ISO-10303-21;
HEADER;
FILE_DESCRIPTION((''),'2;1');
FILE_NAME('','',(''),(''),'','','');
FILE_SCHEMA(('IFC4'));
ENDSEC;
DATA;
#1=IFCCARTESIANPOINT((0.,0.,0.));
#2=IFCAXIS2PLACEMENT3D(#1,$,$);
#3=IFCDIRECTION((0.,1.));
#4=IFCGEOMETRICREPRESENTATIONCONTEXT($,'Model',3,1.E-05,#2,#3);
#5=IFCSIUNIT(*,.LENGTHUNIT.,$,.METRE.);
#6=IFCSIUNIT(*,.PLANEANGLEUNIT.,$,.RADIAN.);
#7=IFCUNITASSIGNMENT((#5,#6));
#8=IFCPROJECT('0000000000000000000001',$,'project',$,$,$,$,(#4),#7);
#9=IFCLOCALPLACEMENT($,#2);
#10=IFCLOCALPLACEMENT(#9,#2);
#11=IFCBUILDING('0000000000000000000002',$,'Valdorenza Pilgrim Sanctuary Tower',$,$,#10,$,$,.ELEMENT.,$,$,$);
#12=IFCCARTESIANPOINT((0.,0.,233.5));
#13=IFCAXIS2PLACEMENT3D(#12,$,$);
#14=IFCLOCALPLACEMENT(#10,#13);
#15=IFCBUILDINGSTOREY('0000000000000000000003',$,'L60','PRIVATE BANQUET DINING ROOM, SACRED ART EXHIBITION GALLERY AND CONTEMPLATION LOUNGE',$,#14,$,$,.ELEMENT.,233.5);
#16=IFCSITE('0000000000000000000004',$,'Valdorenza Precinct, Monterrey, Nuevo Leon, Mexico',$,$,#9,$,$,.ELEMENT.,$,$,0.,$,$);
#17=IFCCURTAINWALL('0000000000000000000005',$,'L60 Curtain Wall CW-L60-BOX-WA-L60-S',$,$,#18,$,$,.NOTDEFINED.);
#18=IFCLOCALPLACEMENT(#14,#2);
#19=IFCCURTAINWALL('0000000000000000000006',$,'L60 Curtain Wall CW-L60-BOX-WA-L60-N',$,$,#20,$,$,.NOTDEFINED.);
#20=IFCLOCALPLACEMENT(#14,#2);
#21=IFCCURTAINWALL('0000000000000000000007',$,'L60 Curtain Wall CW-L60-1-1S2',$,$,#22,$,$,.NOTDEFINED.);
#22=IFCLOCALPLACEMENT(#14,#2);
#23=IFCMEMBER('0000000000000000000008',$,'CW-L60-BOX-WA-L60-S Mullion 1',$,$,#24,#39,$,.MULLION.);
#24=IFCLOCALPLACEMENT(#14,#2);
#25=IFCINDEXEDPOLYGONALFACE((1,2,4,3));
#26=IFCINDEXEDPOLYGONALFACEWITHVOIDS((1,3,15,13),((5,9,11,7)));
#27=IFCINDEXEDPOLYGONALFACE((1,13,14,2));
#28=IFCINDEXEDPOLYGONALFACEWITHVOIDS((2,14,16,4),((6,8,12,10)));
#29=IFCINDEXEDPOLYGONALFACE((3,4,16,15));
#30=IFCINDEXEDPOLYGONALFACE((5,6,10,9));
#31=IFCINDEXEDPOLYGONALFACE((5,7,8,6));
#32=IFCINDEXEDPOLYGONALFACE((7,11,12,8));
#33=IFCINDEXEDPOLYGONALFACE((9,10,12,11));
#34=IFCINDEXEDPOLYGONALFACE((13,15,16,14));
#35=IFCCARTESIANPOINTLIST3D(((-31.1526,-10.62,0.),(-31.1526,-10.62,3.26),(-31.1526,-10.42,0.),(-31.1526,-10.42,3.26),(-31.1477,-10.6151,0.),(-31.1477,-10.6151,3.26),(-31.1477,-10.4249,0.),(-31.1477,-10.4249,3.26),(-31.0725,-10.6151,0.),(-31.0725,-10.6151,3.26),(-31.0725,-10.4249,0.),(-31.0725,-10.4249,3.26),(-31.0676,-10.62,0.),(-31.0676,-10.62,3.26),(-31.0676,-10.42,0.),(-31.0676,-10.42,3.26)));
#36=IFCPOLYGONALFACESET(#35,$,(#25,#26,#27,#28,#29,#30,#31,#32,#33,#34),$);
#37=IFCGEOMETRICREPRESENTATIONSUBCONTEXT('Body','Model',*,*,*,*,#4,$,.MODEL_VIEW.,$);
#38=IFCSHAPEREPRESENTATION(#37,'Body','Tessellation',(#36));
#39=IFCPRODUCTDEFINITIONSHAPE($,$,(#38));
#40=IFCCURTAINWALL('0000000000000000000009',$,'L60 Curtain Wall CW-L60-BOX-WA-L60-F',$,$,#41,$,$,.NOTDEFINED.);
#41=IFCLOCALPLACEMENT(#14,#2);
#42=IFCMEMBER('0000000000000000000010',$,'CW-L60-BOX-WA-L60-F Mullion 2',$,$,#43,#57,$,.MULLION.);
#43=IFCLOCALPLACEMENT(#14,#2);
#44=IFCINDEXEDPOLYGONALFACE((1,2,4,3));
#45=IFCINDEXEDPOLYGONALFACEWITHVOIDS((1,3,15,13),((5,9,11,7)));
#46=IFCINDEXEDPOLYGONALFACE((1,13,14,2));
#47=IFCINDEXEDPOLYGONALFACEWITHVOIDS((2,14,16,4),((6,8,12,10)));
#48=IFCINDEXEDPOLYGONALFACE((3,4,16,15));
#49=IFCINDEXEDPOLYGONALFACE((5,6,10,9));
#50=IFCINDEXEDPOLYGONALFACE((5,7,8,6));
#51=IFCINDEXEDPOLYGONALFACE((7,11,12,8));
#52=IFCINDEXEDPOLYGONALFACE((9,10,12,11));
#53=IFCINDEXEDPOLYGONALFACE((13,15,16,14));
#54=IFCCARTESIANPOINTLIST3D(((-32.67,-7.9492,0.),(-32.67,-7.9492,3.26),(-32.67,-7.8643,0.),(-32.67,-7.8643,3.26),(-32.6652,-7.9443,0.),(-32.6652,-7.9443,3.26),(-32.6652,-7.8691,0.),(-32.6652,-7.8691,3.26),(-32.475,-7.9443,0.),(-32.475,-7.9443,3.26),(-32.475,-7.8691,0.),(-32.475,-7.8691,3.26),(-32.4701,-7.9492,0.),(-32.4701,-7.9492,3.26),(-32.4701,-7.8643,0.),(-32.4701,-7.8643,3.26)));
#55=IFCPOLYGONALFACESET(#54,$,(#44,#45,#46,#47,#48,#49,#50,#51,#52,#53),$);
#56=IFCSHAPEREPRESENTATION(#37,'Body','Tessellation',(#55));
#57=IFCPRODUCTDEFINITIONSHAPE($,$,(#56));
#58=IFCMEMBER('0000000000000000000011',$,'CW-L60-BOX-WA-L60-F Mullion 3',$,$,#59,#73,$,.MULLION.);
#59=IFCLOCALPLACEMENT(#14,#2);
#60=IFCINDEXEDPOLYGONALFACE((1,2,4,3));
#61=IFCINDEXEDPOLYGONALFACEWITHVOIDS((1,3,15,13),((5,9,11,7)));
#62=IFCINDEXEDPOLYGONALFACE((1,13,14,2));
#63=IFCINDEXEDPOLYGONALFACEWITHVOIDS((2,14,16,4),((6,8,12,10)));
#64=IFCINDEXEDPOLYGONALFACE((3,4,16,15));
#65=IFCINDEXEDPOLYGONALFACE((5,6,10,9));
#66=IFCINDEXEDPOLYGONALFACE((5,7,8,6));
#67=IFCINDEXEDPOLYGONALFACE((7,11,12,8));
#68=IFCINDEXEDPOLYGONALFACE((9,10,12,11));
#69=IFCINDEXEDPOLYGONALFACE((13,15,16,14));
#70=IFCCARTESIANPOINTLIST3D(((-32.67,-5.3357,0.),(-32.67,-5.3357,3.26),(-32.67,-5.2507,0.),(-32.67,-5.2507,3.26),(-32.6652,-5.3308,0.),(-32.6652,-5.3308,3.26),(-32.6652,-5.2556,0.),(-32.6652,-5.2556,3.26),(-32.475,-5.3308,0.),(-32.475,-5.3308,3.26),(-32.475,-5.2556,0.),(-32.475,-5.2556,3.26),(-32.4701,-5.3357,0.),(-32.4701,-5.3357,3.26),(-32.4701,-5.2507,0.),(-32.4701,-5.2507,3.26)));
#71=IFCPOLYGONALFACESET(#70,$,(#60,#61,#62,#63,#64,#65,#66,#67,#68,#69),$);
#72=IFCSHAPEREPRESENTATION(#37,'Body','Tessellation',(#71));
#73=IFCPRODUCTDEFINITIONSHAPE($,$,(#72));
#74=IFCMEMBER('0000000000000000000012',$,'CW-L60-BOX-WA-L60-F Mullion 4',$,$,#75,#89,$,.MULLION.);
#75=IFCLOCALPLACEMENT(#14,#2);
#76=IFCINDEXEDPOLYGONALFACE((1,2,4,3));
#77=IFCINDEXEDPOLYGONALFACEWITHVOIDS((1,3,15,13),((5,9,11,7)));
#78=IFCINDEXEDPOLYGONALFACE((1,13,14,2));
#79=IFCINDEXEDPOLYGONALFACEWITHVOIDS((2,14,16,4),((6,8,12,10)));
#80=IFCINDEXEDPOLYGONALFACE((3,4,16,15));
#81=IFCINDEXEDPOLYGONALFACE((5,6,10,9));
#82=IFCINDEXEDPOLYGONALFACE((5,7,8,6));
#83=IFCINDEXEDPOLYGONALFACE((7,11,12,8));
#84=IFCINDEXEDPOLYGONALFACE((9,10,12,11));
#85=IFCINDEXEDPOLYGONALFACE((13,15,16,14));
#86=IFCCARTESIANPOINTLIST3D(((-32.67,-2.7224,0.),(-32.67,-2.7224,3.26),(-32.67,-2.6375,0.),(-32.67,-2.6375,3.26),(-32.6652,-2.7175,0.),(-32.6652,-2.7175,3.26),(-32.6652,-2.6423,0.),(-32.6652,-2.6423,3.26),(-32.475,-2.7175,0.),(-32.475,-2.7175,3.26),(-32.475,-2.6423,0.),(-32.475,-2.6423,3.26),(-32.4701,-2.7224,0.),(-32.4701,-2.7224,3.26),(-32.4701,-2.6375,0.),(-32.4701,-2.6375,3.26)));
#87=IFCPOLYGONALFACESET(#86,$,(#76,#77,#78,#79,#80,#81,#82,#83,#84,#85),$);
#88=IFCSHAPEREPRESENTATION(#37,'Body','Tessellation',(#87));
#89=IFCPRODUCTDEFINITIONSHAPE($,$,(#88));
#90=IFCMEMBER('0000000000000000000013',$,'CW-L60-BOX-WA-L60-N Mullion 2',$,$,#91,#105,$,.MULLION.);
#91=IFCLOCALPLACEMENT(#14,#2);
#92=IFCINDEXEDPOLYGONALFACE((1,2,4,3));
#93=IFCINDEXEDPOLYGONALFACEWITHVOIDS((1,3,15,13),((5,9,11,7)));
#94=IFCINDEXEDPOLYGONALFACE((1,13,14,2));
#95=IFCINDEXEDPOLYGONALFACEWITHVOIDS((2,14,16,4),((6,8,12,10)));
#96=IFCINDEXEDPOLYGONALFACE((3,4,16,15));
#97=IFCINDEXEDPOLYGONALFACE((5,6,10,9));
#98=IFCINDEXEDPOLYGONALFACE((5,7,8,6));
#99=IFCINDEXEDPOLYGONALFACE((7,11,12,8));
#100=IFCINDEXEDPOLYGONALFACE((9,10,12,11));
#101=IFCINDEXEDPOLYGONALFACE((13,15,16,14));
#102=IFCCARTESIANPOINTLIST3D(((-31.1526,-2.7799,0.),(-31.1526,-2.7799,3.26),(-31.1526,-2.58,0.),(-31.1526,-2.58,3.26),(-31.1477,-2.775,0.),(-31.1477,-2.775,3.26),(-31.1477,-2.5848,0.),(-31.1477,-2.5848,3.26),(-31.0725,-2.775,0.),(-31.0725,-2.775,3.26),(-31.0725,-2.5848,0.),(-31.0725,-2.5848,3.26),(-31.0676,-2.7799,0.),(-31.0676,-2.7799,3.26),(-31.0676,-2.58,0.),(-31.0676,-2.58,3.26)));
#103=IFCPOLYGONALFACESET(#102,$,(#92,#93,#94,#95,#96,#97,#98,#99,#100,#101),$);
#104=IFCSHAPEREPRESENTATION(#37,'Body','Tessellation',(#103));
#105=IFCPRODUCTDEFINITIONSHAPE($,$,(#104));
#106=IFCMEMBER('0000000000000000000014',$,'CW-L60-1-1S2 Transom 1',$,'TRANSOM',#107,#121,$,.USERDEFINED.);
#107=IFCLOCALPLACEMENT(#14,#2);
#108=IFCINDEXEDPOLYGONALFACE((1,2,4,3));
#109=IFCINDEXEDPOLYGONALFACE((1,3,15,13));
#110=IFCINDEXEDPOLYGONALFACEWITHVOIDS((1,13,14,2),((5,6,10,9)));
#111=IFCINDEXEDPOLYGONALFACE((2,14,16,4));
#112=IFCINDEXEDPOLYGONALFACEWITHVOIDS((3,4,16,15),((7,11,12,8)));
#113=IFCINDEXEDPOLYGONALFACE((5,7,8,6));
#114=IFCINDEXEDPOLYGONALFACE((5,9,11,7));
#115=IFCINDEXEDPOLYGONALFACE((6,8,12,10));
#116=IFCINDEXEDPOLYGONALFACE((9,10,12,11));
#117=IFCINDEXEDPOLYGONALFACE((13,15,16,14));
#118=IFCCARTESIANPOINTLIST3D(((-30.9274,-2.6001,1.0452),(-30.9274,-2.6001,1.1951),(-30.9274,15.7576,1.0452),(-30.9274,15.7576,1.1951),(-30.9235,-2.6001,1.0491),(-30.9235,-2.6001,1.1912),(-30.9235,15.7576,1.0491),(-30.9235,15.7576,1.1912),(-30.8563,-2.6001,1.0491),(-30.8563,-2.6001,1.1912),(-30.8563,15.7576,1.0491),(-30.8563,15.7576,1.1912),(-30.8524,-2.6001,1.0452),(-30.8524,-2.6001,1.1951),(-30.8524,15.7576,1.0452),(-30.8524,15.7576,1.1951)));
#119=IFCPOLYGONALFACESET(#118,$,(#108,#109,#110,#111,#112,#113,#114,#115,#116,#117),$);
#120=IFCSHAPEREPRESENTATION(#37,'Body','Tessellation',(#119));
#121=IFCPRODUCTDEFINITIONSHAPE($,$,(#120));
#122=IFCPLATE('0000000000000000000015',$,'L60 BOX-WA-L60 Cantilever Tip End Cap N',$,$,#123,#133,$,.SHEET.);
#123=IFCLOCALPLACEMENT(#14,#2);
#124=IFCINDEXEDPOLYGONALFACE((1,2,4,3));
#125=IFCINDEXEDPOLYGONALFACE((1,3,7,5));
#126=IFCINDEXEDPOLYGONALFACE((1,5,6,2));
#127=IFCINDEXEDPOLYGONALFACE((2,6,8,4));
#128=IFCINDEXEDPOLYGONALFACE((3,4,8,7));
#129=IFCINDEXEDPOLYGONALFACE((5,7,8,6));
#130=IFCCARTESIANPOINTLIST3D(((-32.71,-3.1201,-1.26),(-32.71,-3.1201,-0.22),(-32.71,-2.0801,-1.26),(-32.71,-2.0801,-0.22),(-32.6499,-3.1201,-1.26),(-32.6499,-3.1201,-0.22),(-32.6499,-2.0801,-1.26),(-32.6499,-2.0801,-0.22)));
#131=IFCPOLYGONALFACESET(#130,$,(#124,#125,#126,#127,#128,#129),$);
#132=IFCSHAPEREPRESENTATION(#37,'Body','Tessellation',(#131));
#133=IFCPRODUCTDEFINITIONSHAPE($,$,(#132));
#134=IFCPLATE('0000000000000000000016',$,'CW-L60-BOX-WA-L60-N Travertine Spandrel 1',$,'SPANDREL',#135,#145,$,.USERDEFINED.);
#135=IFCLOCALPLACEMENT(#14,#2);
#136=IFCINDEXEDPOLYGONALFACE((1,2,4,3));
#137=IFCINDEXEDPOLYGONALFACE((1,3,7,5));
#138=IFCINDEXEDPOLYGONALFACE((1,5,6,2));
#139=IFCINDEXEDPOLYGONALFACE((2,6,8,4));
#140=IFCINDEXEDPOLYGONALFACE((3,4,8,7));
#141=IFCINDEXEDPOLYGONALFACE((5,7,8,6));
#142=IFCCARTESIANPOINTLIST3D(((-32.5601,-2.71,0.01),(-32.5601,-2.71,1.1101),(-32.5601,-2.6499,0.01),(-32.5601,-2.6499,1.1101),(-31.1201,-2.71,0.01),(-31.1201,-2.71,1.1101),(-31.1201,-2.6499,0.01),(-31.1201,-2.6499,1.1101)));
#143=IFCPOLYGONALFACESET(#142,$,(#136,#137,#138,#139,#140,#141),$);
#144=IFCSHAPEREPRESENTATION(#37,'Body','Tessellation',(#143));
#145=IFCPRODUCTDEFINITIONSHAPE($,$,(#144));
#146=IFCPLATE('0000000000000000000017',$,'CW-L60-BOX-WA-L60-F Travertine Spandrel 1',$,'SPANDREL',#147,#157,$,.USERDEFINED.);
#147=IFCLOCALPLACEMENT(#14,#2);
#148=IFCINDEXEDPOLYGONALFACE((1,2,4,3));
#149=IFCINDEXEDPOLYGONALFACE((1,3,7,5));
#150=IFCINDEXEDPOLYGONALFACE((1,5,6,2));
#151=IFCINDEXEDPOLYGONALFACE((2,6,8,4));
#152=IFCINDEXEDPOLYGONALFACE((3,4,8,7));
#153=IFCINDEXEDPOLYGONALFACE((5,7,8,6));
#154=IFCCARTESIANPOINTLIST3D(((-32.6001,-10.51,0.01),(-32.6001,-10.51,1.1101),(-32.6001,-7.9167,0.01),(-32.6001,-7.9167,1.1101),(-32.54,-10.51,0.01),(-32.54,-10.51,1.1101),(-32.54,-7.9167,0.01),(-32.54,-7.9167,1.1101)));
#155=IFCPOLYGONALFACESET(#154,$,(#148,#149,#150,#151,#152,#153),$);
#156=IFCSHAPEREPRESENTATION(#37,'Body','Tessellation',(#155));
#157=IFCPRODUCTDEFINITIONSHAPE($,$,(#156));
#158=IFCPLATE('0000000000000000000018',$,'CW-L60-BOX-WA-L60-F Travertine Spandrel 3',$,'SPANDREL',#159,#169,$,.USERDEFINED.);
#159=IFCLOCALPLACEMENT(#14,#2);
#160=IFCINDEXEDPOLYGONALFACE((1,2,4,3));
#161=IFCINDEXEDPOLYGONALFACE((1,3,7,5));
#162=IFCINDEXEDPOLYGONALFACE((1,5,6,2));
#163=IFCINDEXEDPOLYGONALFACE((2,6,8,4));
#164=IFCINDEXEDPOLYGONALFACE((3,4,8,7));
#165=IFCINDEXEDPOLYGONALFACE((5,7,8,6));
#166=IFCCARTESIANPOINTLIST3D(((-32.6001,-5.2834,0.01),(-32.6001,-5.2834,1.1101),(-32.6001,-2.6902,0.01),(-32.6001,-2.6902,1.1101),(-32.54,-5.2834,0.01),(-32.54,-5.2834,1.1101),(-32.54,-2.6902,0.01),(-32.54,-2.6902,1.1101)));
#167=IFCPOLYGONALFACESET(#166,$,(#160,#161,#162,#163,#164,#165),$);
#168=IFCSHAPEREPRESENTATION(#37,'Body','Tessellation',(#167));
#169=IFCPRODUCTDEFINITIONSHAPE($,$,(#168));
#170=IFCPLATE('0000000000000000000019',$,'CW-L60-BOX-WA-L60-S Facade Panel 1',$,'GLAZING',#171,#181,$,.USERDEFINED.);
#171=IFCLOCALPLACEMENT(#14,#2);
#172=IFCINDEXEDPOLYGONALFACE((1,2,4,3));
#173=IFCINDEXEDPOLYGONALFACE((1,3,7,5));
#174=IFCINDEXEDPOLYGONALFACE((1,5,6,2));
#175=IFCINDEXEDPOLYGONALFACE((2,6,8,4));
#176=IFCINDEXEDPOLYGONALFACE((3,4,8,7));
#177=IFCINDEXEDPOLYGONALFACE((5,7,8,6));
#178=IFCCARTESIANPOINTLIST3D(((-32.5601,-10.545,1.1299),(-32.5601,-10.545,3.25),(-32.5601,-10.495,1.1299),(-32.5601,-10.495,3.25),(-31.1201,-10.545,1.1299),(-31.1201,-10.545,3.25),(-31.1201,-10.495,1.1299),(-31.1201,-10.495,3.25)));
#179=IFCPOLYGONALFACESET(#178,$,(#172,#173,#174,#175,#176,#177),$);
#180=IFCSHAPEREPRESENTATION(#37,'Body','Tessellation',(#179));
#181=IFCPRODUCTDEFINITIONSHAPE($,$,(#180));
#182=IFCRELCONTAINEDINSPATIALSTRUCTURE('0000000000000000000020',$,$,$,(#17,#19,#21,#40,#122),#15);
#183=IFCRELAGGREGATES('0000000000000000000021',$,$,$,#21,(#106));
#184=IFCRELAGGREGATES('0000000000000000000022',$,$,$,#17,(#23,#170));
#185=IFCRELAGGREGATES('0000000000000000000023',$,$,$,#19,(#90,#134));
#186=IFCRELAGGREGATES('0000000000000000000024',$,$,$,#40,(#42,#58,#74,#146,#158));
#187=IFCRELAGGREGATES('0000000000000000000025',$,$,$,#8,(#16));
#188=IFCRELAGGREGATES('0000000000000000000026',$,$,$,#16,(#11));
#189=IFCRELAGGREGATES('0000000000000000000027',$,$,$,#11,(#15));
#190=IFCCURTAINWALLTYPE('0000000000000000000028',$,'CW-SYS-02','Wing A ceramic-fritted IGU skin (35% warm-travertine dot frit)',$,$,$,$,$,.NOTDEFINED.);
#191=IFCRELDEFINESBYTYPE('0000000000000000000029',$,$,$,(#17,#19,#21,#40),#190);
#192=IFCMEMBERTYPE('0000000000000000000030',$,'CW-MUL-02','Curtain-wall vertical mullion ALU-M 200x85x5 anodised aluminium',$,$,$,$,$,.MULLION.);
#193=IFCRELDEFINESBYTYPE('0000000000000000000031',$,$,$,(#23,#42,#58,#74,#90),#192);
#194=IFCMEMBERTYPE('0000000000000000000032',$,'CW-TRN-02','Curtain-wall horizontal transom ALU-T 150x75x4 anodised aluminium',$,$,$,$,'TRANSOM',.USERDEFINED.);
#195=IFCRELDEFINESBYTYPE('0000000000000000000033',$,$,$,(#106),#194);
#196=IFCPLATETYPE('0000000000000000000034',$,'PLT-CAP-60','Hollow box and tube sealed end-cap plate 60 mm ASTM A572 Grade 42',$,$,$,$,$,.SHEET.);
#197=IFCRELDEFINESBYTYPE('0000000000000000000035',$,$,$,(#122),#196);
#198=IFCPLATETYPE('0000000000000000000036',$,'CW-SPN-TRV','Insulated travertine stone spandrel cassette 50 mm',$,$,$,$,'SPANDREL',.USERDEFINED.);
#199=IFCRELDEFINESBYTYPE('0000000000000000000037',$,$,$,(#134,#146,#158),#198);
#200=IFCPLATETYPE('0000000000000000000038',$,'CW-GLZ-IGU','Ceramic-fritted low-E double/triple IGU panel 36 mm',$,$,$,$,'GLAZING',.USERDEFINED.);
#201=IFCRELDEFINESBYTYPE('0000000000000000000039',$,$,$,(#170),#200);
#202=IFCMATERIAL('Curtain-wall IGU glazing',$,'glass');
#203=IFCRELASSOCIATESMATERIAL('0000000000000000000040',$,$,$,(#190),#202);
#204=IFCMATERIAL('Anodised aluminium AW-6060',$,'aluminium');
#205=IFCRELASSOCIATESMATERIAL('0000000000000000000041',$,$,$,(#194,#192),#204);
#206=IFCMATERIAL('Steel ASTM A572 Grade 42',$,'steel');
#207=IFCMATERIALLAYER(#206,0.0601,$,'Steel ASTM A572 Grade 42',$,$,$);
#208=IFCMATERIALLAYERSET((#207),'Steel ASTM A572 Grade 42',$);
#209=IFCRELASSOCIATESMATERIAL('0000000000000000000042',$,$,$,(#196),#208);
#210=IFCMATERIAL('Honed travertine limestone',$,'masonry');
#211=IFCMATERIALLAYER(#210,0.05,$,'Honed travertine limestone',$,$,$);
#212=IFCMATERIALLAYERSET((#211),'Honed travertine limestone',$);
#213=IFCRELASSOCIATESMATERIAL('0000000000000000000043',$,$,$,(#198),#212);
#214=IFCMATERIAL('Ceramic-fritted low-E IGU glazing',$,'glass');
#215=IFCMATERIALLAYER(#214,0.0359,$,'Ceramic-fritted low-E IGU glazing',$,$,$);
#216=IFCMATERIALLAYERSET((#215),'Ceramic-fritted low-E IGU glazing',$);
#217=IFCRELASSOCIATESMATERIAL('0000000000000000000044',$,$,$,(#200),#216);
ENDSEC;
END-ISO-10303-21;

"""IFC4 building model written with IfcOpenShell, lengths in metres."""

from ifc_helpers import new_model, si_unit, direction, frame, origin, origin_2d, place, context, subcontext, project, spatial, rectangle, hollow_rectangle, extrude, source, transform, mapped, material, layer, layer_set, material_profile, profile_set, type_object, element, aggregate, save


model = new_model("IFC4")

# Units and contexts
model_context = context("Model", 3, precision=1e-05, world=origin(), true_north=direction((0.0, 1.0)))
body_context = subcontext(model_context, "Body", "Model", "MODEL_VIEW")
ifc_project = project(units=[si_unit("LENGTHUNIT", "METRE"), si_unit("PLANEANGLEUNIT", "RADIAN")], contexts=[model_context])

# Site, building, storey
site_placement = place(None, origin())
site = spatial("IfcSite", under=ifc_project, at=site_placement, Name="Valdorenza Precinct, Monterrey, Nuevo Leon, Mexico", CompositionType="ELEMENT", RefElevation=0.0)
building_placement = place(site_placement, origin())
building = spatial("IfcBuilding", under=site, at=building_placement, Name="Valdorenza Pilgrim Sanctuary Tower", CompositionType="ELEMENT")
storey_placement = place(building_placement, frame((0.0, 0.0, 233.5)))
storey = spatial("IfcBuildingStorey", under=building, at=storey_placement, Name="L60", Description="PRIVATE BANQUET DINING ROOM, SACRED ART EXHIBITION GALLERY AND CONTEMPLATION LOUNGE", CompositionType="ELEMENT", Elevation=233.5)

# Shared definitions
ifc_material_1 = material(Name="Steel ASTM A572 Grade 42", Category="steel")

# Curtain walls
ifc_material_2 = material(Name="Curtain-wall IGU glazing", Category="glass")
curtain_wall_type = type_object("IfcCurtainWallType", Name="CW-SYS-02", Description="Wing A ceramic-fritted IGU skin (35% warm-travertine dot frit)", PredefinedType="NOTDEFINED", material=ifc_material_2)
curtain_wall_1_placement = place(storey_placement, origin())
curtain_wall_1 = element("IfcCurtainWall", 1, at=curtain_wall_1_placement, inside=storey, type_object=curtain_wall_type, Name="L60 Curtain Wall CW-L60-BOX-WA-L60-S", PredefinedType="NOTDEFINED")
ifc_material_3 = material(Name="Anodised aluminium AW-6060", Category="aluminium")
ifc_material_profile_1 = material_profile(ifc_material_3, hollow_rectangle(XDim=0.075, YDim=0.1499, WallThickness=0.0039, at=origin_2d()), Name="ALU-T 150x75x4")
ifc_profile_set_1 = profile_set([ifc_material_profile_1], Name="Anodised aluminium AW-6060")
member_type_1 = type_object("IfcMemberType", Name="CW-TRN-02", Description="Curtain-wall horizontal transom ALU-T 150x75x4 anodised aluminium", ElementType="TRANSOM", PredefinedType="USERDEFINED", material=ifc_profile_set_1)
curtain_wall_2_placement = place(storey_placement, origin())
curtain_wall_2 = element("IfcCurtainWall", 2, at=curtain_wall_2_placement, inside=storey, type_object=curtain_wall_type, Name="L60 Curtain Wall CW-L60-BOX-WA-L60-N", PredefinedType="NOTDEFINED")
curtain_wall_3_placement = place(storey_placement, origin())
curtain_wall_3 = element("IfcCurtainWall", 3, at=curtain_wall_3_placement, inside=storey, type_object=curtain_wall_type, Name="L60 Curtain Wall CW-L60-1-1S2", PredefinedType="NOTDEFINED")
ifc_material_profile_2 = material_profile(ifc_material_3, hollow_rectangle(XDim=0.085, YDim=0.2, WallThickness=0.0049, at=origin_2d()), Name="ALU-M 200x85x5")
ifc_profile_set_2 = profile_set([ifc_material_profile_2], Name="Anodised aluminium AW-6060")
member_type_2 = type_object("IfcMemberType", Name="CW-MUL-02", Description="Curtain-wall vertical mullion ALU-M 200x85x5 anodised aluminium", PredefinedType="MULLION", material=ifc_profile_set_2)
shared_shape_1 = source(origin(), body_context, "Body", "SweptSolid", [
    extrude(hollow_rectangle(XDim=0.085, YDim=0.2, WallThickness=0.0049, at=origin_2d()), origin(), (0.0, 0.0, 1.0), 3.26),
])

# Member
member_1_placement = place(storey_placement, frame((-31.1101, -10.52, 0.0), z_axis=(0.0, 0.0, 1.0), x_axis=(-1.0, 0.0, 0.0)))
member_1 = element("IfcMember", 4, at=member_1_placement, type_object=member_type_2, Name="CW-L60-BOX-WA-L60-S Mullion 1", PredefinedType="MULLION", context=body_context, shape_type="MappedRepresentation", body=[
    mapped(shared_shape_1, transform((0.0, 0.0, 0.0), x_axis=(1.0, 0.0, 0.0), y_axis=(0.0, 1.0, 0.0), z_axis=(0.0, 0.0, 1.0), scale=1.0)),
])

# Curtain wall, members
curtain_wall_4_placement = place(storey_placement, origin())
curtain_wall_4 = element("IfcCurtainWall", 5, at=curtain_wall_4_placement, inside=storey, type_object=curtain_wall_type, Name="L60 Curtain Wall CW-L60-BOX-WA-L60-F", PredefinedType="NOTDEFINED")
member_2_placement = place(storey_placement, frame((-32.5701, -7.9067, 0.0), z_axis=(0.0, 0.0, 1.0), x_axis=(0.0, 1.0, 0.0)))
member_2 = element("IfcMember", 6, at=member_2_placement, type_object=member_type_2, Name="CW-L60-BOX-WA-L60-F Mullion 2", PredefinedType="MULLION", context=body_context, shape_type="MappedRepresentation", body=[
    mapped(shared_shape_1, transform((0.0, 0.0, 0.0), x_axis=(1.0, 0.0, 0.0), y_axis=(0.0, 1.0, 0.0), z_axis=(0.0, 0.0, 1.0), scale=1.0)),
])
member_3_placement = place(storey_placement, frame((-32.5701, -5.2932, 0.0), z_axis=(0.0, 0.0, 1.0), x_axis=(0.0, 1.0, 0.0)))
member_3 = element("IfcMember", 7, at=member_3_placement, type_object=member_type_2, Name="CW-L60-BOX-WA-L60-F Mullion 3", PredefinedType="MULLION", context=body_context, shape_type="MappedRepresentation", body=[
    mapped(shared_shape_1, transform((0.0, 0.0, 0.0), x_axis=(1.0, 0.0, 0.0), y_axis=(0.0, 1.0, 0.0), z_axis=(0.0, 0.0, 1.0), scale=1.0)),
])
member_4_placement = place(storey_placement, frame((-32.5701, -2.6799, 0.0), z_axis=(0.0, 0.0, 1.0), x_axis=(0.0, 1.0, 0.0)))
member_4 = element("IfcMember", 8, at=member_4_placement, type_object=member_type_2, Name="CW-L60-BOX-WA-L60-F Mullion 4", PredefinedType="MULLION", context=body_context, shape_type="MappedRepresentation", body=[
    mapped(shared_shape_1, transform((0.0, 0.0, 0.0), x_axis=(1.0, 0.0, 0.0), y_axis=(0.0, 1.0, 0.0), z_axis=(0.0, 0.0, 1.0), scale=1.0)),
])

# Members
member_5_placement = place(storey_placement, frame((-31.1101, -2.6799, 0.0), z_axis=(0.0, 0.0, 1.0), x_axis=(1.0, 0.0, 0.0)))
member_5 = element("IfcMember", 9, at=member_5_placement, type_object=member_type_2, Name="CW-L60-BOX-WA-L60-N Mullion 2", PredefinedType="MULLION", context=body_context, shape_type="MappedRepresentation", body=[
    mapped(shared_shape_1, transform((0.0, 0.0, 0.0), x_axis=(1.0, 0.0, 0.0), y_axis=(0.0, 1.0, 0.0), z_axis=(0.0, 0.0, 1.0), scale=1.0)),
])
shared_shape_2 = source(origin(), body_context, "Body", "SweptSolid", [
    extrude(hollow_rectangle(XDim=0.075, YDim=0.1499, WallThickness=0.0039, at=origin_2d()), origin(), (0.0, 0.0, 1.0), 18.3577),
])
member_6_placement = place(storey_placement, frame((-30.8899, -2.6001, 1.1201), z_axis=(0.0, 1.0, 0.0), x_axis=(-1.0, 0.0, 0.0)))
member_6 = element("IfcMember", 10, at=member_6_placement, type_object=member_type_1, Name="CW-L60-1-1S2 Transom 1", ObjectType="TRANSOM", PredefinedType="USERDEFINED", context=body_context, shape_type="MappedRepresentation", body=[
    mapped(shared_shape_2, transform((0.0, 0.0, 0.0), x_axis=(1.0, 0.0, 0.0), y_axis=(0.0, 1.0, 0.0), z_axis=(0.0, 0.0, 1.0), scale=1.0)),
])
aggregate(curtain_wall_3, [member_6])

# Plates
ifc_layer_1 = layer(ifc_material_1, 0.0601, Name="Steel ASTM A572 Grade 42")
ifc_layer_set_1 = layer_set([ifc_layer_1], Name="Steel ASTM A572 Grade 42")
plate_type_1 = type_object("IfcPlateType", Name="PLT-CAP-60", Description="Hollow box and tube sealed end-cap plate 60 mm ASTM A572 Grade 42", PredefinedType="SHEET", material=ifc_layer_set_1)
shared_shape_3 = source(origin(), body_context, "Body", "SweptSolid", [
    extrude(rectangle(XDim=0.0601, YDim=1.04, at=origin_2d()), origin(), (0.0, 0.0, 1.0), 1.04),
])
plate_1_placement = place(storey_placement, frame((-32.6799, -2.6001, -1.26), z_axis=(0.0, 0.0, 1.0), x_axis=(1.0, 0.0, 0.0)))
element("IfcPlate", 11, at=plate_1_placement, inside=storey, type_object=plate_type_1, Name="L60 BOX-WA-L60 Cantilever Tip End Cap N", PredefinedType="SHEET", context=body_context, shape_type="MappedRepresentation", body=[
    mapped(shared_shape_3, transform((0.0, 0.0, 0.0), x_axis=(1.0, 0.0, 0.0), y_axis=(0.0, 1.0, 0.0), z_axis=(0.0, 0.0, 1.0), scale=1.0)),
])
ifc_material_4 = material(Name="Honed travertine limestone", Category="masonry")
ifc_layer_2 = layer(ifc_material_4, 0.05, Name="Honed travertine limestone")
ifc_layer_set_2 = layer_set([ifc_layer_2], Name="Honed travertine limestone")
plate_type_2 = type_object("IfcPlateType", Name="CW-SPN-TRV", Description="Insulated travertine stone spandrel cassette 50 mm", ElementType="SPANDREL", PredefinedType="USERDEFINED", material=ifc_layer_set_2)
shared_shape_4 = source(origin(), body_context, "Body", "SweptSolid", [
    extrude(rectangle(XDim=1.4399, YDim=0.0601, at=origin_2d()), origin(), (0.0, 0.0, 1.0), 1.1001),
])
plate_2_placement = place(storey_placement, frame((-31.8401, -2.6799, 0.01), z_axis=(0.0, 0.0, 1.0), x_axis=(1.0, 0.0, 0.0)))
plate_2 = element("IfcPlate", 12, at=plate_2_placement, type_object=plate_type_2, Name="CW-L60-BOX-WA-L60-N Travertine Spandrel 1", ObjectType="SPANDREL", PredefinedType="USERDEFINED", context=body_context, shape_type="MappedRepresentation", body=[
    mapped(shared_shape_4, transform((0.0, 0.0, 0.0), x_axis=(1.0, 0.0, 0.0), y_axis=(0.0, 1.0, 0.0), z_axis=(0.0, 0.0, 1.0), scale=1.0)),
])
shared_shape_5 = source(origin(), body_context, "Body", "SweptSolid", [
    extrude(rectangle(XDim=2.5933, YDim=0.0601, at=origin_2d()), origin(), (0.0, 0.0, 1.0), 1.1001),
])
plate_3_placement = place(storey_placement, frame((-32.5701, -9.2134, 0.01), z_axis=(0.0, 0.0, 1.0), x_axis=(0.0, 1.0, 0.0)))
plate_3 = element("IfcPlate", 13, at=plate_3_placement, type_object=plate_type_2, Name="CW-L60-BOX-WA-L60-F Travertine Spandrel 1", ObjectType="SPANDREL", PredefinedType="USERDEFINED", context=body_context, shape_type="MappedRepresentation", body=[
    mapped(shared_shape_5, transform((0.0, 0.0, 0.0), x_axis=(1.0, 0.0, 0.0), y_axis=(0.0, 1.0, 0.0), z_axis=(0.0, 0.0, 1.0), scale=1.0)),
])
plate_4_placement = place(storey_placement, frame((-32.5701, -3.9868, 0.01), z_axis=(0.0, 0.0, 1.0), x_axis=(0.0, 1.0, 0.0)))
plate_4 = element("IfcPlate", 14, at=plate_4_placement, type_object=plate_type_2, Name="CW-L60-BOX-WA-L60-F Travertine Spandrel 3", ObjectType="SPANDREL", PredefinedType="USERDEFINED", context=body_context, shape_type="MappedRepresentation", body=[
    mapped(shared_shape_5, transform((0.0, 0.0, 0.0), x_axis=(1.0, 0.0, 0.0), y_axis=(0.0, 1.0, 0.0), z_axis=(0.0, 0.0, 1.0), scale=1.0)),
])
ifc_material_5 = material(Name="Ceramic-fritted low-E IGU glazing", Category="glass")
ifc_layer_3 = layer(ifc_material_5, 0.0359, Name="Ceramic-fritted low-E IGU glazing")
ifc_layer_set_3 = layer_set([ifc_layer_3], Name="Ceramic-fritted low-E IGU glazing")
plate_type_3 = type_object("IfcPlateType", Name="CW-GLZ-IGU", Description="Ceramic-fritted low-E double/triple IGU panel 36 mm", ElementType="GLAZING", PredefinedType="USERDEFINED", material=ifc_layer_set_3)
shared_shape_6 = source(origin(), body_context, "Body", "SweptSolid", [
    extrude(rectangle(XDim=1.4399, YDim=0.05, at=origin_2d()), origin(), (0.0, 0.0, 1.0), 2.1201),
])
plate_5_placement = place(storey_placement, frame((-31.8401, -10.52, 1.1299), z_axis=(0.0, 0.0, 1.0), x_axis=(-1.0, 0.0, 0.0)))
plate_5 = element("IfcPlate", 15, at=plate_5_placement, type_object=plate_type_3, Name="CW-L60-BOX-WA-L60-S Facade Panel 1", ObjectType="GLAZING", PredefinedType="USERDEFINED", context=body_context, shape_type="MappedRepresentation", body=[
    mapped(shared_shape_6, transform((0.0, 0.0, 0.0), x_axis=(1.0, 0.0, 0.0), y_axis=(0.0, 1.0, 0.0), z_axis=(0.0, 0.0, 1.0), scale=1.0)),
])
aggregate(curtain_wall_1, [member_1, plate_5])
aggregate(curtain_wall_2, [member_5, plate_2])
aggregate(curtain_wall_4, [member_2, member_3, member_4, plate_3, plate_4])

save(model, "model.ifc")
